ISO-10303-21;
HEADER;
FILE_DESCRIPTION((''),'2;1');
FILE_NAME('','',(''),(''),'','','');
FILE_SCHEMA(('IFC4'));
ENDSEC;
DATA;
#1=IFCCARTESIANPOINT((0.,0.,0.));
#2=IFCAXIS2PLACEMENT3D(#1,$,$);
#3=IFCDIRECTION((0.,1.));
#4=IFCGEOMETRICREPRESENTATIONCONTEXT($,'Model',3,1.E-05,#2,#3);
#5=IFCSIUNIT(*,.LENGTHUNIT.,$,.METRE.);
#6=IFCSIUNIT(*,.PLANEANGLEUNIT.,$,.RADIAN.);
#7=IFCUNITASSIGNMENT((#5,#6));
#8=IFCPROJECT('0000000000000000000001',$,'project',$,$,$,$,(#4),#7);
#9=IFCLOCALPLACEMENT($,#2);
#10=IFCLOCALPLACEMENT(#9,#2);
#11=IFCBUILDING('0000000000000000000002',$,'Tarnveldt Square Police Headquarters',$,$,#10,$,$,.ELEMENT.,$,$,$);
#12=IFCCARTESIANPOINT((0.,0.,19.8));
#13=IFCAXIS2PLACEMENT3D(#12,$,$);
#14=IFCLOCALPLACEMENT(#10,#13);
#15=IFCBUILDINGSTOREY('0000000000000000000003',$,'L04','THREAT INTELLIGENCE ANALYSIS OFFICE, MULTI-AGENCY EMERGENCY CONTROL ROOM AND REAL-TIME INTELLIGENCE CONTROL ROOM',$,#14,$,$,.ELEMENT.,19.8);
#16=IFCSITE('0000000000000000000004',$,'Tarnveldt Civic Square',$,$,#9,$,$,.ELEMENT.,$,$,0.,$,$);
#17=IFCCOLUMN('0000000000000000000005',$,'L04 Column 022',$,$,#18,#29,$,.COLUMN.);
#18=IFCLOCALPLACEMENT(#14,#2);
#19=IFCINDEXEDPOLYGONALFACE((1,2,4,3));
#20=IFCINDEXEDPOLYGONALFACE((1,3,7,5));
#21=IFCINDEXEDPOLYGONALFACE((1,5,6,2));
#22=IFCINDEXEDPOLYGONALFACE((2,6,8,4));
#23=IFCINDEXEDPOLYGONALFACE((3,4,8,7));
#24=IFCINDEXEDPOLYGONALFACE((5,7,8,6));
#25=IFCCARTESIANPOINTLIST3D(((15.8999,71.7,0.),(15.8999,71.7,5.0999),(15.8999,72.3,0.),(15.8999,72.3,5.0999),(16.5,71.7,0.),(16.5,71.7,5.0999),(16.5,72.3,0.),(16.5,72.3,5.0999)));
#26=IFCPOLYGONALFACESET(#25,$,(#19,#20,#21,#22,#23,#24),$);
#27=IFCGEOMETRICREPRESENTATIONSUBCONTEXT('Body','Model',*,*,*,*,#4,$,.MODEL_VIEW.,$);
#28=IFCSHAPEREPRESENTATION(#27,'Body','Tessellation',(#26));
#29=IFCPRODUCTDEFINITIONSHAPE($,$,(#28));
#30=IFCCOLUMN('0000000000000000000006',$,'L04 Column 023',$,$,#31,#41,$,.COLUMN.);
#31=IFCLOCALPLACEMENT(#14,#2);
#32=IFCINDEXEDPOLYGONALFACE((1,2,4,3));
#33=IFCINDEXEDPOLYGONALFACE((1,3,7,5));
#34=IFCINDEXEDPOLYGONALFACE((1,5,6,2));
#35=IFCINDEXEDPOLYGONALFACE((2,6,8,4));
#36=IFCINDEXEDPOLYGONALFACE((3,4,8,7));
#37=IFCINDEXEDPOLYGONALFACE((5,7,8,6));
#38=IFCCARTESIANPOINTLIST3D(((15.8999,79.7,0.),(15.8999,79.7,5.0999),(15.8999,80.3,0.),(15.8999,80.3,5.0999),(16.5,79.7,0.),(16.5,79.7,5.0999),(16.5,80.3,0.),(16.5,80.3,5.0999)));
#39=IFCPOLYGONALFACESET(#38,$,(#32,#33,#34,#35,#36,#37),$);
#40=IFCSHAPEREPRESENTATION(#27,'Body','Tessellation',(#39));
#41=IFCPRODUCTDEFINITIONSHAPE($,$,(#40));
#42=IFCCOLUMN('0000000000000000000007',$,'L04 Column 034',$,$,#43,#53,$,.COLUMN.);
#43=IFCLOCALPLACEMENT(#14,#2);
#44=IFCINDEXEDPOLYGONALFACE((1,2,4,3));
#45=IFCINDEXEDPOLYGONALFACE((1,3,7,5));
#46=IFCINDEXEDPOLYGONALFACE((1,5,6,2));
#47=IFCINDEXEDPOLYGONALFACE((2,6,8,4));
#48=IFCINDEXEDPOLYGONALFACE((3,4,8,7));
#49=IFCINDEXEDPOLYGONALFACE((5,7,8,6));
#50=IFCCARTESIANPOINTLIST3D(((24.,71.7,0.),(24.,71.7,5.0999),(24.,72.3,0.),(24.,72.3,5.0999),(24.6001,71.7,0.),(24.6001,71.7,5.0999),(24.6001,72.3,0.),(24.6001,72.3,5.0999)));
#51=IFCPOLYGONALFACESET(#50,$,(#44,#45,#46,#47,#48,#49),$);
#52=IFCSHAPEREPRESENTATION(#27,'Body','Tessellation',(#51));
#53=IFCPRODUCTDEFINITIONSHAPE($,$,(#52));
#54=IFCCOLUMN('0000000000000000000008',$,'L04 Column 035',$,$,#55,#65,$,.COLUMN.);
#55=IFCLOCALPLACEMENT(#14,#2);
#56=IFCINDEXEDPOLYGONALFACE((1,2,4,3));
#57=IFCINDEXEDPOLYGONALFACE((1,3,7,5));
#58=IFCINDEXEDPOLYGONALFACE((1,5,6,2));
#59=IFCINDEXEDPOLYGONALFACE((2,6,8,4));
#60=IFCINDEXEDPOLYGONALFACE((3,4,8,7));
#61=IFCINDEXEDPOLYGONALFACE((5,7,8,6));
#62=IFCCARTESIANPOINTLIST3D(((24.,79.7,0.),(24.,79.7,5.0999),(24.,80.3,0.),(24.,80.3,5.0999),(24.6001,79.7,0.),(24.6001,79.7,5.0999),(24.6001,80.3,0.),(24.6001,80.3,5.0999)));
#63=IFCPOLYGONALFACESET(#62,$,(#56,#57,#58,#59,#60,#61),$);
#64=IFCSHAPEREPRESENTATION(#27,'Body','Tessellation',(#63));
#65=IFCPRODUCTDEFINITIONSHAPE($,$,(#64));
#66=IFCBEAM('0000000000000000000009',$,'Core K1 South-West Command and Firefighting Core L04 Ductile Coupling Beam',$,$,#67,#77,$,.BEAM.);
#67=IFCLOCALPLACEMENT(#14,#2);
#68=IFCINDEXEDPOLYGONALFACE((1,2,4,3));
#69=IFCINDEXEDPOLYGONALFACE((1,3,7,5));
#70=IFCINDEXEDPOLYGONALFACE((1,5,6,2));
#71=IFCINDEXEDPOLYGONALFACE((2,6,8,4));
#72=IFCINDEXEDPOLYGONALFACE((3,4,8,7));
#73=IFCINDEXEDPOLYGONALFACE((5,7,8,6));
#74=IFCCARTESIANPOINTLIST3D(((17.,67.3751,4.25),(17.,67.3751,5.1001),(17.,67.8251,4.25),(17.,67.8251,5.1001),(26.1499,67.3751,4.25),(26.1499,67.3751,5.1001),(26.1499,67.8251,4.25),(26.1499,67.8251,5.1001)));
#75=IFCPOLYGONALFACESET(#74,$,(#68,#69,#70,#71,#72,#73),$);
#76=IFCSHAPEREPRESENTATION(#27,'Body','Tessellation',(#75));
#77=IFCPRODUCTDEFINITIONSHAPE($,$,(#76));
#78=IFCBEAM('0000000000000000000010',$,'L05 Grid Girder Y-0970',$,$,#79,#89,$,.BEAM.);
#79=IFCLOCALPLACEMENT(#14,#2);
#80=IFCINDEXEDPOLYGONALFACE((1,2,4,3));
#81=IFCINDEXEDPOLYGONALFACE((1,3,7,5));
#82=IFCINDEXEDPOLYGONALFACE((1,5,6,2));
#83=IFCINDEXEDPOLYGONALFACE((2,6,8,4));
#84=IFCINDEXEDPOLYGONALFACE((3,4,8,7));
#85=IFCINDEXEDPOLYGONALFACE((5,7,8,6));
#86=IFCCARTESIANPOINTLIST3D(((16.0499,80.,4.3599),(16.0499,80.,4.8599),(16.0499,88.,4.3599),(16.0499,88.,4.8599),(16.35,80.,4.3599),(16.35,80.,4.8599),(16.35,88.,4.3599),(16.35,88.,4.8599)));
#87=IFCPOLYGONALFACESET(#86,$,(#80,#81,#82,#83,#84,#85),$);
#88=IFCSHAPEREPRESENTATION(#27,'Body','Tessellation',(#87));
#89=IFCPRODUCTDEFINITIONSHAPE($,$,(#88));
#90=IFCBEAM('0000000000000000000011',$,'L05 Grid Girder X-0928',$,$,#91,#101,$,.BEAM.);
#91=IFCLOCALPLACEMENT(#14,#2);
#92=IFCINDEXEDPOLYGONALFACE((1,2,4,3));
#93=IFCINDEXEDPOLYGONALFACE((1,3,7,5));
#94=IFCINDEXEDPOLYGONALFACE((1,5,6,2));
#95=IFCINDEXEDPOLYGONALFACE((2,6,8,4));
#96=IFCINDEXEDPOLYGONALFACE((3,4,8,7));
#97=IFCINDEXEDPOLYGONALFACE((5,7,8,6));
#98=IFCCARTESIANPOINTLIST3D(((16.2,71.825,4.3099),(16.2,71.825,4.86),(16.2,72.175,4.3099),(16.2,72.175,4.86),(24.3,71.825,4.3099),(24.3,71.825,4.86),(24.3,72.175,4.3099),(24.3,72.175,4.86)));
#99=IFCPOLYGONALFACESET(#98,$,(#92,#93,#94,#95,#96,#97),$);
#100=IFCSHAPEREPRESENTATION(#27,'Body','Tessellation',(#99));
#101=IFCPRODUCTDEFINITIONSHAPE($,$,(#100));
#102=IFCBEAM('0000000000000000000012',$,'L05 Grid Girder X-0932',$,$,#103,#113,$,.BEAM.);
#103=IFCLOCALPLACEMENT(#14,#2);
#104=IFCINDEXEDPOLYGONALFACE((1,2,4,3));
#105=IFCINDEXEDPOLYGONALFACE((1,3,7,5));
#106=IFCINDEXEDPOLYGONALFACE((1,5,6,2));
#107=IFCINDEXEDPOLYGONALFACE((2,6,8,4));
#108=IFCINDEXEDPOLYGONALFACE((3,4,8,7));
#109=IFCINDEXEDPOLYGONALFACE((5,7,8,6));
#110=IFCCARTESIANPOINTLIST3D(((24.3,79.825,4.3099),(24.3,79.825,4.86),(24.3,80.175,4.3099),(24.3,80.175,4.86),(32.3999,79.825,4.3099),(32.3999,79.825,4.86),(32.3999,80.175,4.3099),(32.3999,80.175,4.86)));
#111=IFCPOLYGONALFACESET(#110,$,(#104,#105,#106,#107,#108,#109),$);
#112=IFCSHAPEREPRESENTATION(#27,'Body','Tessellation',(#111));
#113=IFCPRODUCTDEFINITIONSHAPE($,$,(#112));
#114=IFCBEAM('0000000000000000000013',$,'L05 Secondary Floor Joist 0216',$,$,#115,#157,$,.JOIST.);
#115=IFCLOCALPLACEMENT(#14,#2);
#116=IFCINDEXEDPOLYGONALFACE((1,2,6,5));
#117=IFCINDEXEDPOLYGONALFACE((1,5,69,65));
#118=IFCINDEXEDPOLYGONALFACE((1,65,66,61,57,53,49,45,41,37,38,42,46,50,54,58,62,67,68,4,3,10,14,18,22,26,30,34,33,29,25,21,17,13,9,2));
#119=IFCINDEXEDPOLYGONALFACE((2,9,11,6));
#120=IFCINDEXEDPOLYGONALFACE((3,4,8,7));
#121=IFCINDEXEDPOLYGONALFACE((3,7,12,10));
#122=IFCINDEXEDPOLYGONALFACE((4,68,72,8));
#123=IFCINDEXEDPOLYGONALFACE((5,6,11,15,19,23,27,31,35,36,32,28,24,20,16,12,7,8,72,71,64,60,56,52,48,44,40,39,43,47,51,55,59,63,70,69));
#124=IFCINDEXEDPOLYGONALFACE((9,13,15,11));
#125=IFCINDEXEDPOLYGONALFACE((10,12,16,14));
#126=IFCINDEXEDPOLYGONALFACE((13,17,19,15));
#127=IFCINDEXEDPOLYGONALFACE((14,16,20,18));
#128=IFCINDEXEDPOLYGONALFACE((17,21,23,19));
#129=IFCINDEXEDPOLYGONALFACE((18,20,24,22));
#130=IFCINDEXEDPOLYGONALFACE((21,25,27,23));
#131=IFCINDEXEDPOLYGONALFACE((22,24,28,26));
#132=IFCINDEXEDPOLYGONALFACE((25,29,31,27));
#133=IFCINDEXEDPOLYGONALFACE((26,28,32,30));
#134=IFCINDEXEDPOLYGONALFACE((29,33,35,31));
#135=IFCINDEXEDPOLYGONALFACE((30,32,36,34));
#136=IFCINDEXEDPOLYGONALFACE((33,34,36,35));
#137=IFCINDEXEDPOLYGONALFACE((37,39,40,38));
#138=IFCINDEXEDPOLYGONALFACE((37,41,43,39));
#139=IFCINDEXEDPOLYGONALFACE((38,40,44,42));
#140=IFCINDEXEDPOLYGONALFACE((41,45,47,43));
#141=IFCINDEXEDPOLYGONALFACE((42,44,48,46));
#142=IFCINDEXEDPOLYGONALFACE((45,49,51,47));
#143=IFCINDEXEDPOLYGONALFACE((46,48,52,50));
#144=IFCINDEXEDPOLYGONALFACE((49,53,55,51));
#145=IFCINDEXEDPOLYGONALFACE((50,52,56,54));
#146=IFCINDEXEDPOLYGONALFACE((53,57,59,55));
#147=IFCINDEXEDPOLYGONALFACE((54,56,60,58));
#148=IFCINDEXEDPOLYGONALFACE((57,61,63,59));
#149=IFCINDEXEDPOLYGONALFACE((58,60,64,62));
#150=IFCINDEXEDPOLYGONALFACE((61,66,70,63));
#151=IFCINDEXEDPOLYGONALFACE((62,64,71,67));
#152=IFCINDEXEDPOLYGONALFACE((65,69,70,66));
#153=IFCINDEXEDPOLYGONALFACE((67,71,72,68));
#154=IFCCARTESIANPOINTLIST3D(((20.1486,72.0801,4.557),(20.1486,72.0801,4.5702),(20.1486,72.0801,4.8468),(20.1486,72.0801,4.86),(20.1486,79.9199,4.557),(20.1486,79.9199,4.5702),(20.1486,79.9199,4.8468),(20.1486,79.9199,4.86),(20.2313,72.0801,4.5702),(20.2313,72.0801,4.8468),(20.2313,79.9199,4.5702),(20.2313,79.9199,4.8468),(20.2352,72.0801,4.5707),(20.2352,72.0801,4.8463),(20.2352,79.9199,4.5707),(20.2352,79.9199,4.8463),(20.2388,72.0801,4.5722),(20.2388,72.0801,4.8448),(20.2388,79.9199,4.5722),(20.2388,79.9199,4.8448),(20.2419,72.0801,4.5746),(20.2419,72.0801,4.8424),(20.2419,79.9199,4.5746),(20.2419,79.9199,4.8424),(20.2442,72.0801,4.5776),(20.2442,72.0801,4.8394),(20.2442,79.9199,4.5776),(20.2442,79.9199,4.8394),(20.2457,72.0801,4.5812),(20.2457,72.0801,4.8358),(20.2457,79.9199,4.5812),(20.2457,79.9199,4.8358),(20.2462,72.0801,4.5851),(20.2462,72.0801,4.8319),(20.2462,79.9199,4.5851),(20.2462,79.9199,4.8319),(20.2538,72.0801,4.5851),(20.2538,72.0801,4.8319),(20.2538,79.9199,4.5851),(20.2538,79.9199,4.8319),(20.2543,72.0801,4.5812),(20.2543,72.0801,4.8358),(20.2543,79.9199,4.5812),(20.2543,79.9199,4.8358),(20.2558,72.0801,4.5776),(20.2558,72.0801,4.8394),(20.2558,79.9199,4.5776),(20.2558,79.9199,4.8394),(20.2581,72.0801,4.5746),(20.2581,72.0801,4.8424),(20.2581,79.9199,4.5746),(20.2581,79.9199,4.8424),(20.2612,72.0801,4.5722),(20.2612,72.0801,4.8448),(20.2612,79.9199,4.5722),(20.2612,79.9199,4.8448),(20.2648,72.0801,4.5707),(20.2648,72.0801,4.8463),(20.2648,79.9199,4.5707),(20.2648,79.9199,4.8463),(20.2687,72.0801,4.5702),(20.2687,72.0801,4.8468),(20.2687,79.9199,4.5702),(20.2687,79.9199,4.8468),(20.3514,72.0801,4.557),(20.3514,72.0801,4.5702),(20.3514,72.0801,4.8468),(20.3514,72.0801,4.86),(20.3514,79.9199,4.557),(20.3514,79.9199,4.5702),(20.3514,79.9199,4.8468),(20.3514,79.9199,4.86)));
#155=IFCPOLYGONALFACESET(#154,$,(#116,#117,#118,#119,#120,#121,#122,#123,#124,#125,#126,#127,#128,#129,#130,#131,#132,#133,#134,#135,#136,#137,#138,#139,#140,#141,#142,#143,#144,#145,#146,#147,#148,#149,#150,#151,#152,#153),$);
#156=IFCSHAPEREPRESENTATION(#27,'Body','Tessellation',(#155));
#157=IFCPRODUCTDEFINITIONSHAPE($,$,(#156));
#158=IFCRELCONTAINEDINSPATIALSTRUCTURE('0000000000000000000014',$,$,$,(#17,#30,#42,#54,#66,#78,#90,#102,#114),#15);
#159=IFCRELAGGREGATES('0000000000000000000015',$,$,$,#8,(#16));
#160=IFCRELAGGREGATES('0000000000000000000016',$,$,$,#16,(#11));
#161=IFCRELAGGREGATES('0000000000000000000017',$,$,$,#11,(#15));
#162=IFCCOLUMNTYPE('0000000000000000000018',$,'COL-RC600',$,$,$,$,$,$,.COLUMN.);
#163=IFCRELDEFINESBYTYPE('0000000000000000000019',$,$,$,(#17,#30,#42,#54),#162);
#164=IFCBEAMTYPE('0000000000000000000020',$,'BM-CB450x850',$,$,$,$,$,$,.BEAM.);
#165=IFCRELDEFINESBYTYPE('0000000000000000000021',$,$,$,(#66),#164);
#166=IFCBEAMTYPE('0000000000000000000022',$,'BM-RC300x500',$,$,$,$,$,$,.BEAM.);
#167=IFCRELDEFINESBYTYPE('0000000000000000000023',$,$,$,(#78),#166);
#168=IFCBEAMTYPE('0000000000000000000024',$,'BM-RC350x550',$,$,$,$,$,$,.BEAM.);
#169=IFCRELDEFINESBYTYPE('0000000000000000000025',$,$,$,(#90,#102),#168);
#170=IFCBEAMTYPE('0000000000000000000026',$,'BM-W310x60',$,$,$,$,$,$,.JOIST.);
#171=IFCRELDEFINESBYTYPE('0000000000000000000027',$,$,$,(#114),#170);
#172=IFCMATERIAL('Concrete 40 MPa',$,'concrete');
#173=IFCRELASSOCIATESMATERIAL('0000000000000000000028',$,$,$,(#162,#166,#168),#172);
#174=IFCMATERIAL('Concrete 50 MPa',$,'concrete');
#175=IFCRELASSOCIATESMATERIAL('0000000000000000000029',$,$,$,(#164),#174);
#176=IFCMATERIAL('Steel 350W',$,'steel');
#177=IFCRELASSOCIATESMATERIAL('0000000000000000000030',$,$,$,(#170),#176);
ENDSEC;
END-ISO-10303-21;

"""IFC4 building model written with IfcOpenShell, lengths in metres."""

from ifc_helpers import new_model, si_unit, direction, frame, origin, origin_2d, place, context, subcontext, project, spatial, rectangle, i_section, extrude, material, material_profile, profile_set, type_object, element, save


model = new_model("IFC4")

# Units and contexts
model_context = context("Model", 3, precision=1e-05, world=origin(), true_north=direction((0.0, 1.0)))
body_context = subcontext(model_context, "Body", "Model", "MODEL_VIEW")
ifc_project = project(units=[si_unit("LENGTHUNIT", "METRE"), si_unit("PLANEANGLEUNIT", "RADIAN")], contexts=[model_context])

# Site, building, storey
site_placement = place(None, origin())
site = spatial("IfcSite", under=ifc_project, at=site_placement, Name="Tarnveldt Civic Square", CompositionType="ELEMENT", RefElevation=0.0)
building_placement = place(site_placement, origin())
building = spatial("IfcBuilding", under=site, at=building_placement, Name="Tarnveldt Square Police Headquarters", CompositionType="ELEMENT")
storey_placement = place(building_placement, frame((0.0, 0.0, 19.8)))
storey = spatial("IfcBuildingStorey", under=building, at=storey_placement, Name="L04", Description="THREAT INTELLIGENCE ANALYSIS OFFICE, MULTI-AGENCY EMERGENCY CONTROL ROOM AND REAL-TIME INTELLIGENCE CONTROL ROOM", CompositionType="ELEMENT", Elevation=19.8)

# Columns
ifc_material_1 = material(Name="Concrete 40 MPa", Category="concrete")
ifc_material_profile_1 = material_profile(ifc_material_1, rectangle(XDim=0.6001, YDim=0.6001, at=origin_2d()), Name="RC-C600x600")
ifc_profile_set_1 = profile_set([ifc_material_profile_1], Name="Concrete 40 MPa")
column_type = type_object("IfcColumnType", Name="COL-RC600", PredefinedType="COLUMN", material=ifc_profile_set_1)
for number, where, z_axis, x_axis, name in (
    (1, (16.2, 72.0, 0.0), (0.0, 0.0, 1.0), (1.0, 0.0, 0.0), "L04 Column 022"),
    (2, (16.2, 80.0, 0.0), (0.0, 0.0, 1.0), (1.0, 0.0, 0.0), "L04 Column 023"),
    (3, (24.3, 72.0, 0.0), (0.0, 0.0, 1.0), (1.0, 0.0, 0.0), "L04 Column 034"),
    (4, (24.3, 80.0, 0.0), (0.0, 0.0, 1.0), (1.0, 0.0, 0.0), "L04 Column 035"),
):
    element("IfcColumn", number, at=place(storey_placement, frame(where, z_axis=z_axis, x_axis=x_axis)), inside=storey, type_object=column_type, Name=name, PredefinedType="COLUMN", context=body_context, shape_type="SweptSolid", body=[
        extrude(rectangle(XDim=0.6001, YDim=0.6001, at=origin_2d()), origin(), (0.0, 0.0, 1.0), 5.0999),
    ])

# Beams
ifc_material_2 = material(Name="Concrete 50 MPa", Category="concrete")
ifc_material_profile_2 = material_profile(ifc_material_2, rectangle(XDim=0.45, YDim=0.8501, at=origin_2d()), Name="RC-CB450x850")
ifc_profile_set_2 = profile_set([ifc_material_profile_2], Name="Concrete 50 MPa")
beam_type_1 = type_object("IfcBeamType", Name="BM-CB450x850", PredefinedType="BEAM", material=ifc_profile_set_2)
beam_1_placement = place(storey_placement, frame((17.0, 67.6001, 4.675), z_axis=(1.0, 0.0, 0.0), x_axis=(0.0, 1.0, 0.0)))
element("IfcBeam", 5, at=beam_1_placement, inside=storey, type_object=beam_type_1, Name="Core K1 South-West Command and Firefighting Core L04 Ductile Coupling Beam", PredefinedType="BEAM", context=body_context, shape_type="SweptSolid", body=[
    extrude(rectangle(XDim=0.45, YDim=0.8501, at=origin_2d()), origin(), (0.0, 0.0, 1.0), 9.1499),
])
ifc_material_profile_3 = material_profile(ifc_material_1, rectangle(XDim=0.3, YDim=0.5, at=origin_2d()), Name="RC-B300x500")
ifc_profile_set_3 = profile_set([ifc_material_profile_3], Name="Concrete 40 MPa")
beam_type_2 = type_object("IfcBeamType", Name="BM-RC300x500", PredefinedType="BEAM", material=ifc_profile_set_3)
beam_2_placement = place(storey_placement, frame((16.2, 80.0, 4.6099), z_axis=(0.0, 1.0, 0.0), x_axis=(-1.0, 0.0, 0.0)))
element("IfcBeam", 6, at=beam_2_placement, inside=storey, type_object=beam_type_2, Name="L05 Grid Girder Y-0970", PredefinedType="BEAM", context=body_context, shape_type="SweptSolid", body=[
    extrude(rectangle(XDim=0.3, YDim=0.5, at=origin_2d()), origin(), (0.0, 0.0, 1.0), 8.0),
])
ifc_material_profile_4 = material_profile(ifc_material_1, rectangle(XDim=0.3501, YDim=0.55, at=origin_2d()), Name="RC-B350x550")
ifc_profile_set_4 = profile_set([ifc_material_profile_4], Name="Concrete 40 MPa")
beam_type_3 = type_object("IfcBeamType", Name="BM-RC350x550", PredefinedType="BEAM", material=ifc_profile_set_4)
beam_3_placement = place(storey_placement, frame((16.2, 72.0, 4.585), z_axis=(1.0, 0.0, 0.0), x_axis=(0.0, 1.0, 0.0)))
element("IfcBeam", 7, at=beam_3_placement, inside=storey, type_object=beam_type_3, Name="L05 Grid Girder X-0928", PredefinedType="BEAM", context=body_context, shape_type="SweptSolid", body=[
    extrude(rectangle(XDim=0.3501, YDim=0.55, at=origin_2d()), origin(), (0.0, 0.0, 1.0), 8.1001),
])
beam_4_placement = place(storey_placement, frame((24.3, 80.0, 4.585), z_axis=(1.0, 0.0, 0.0), x_axis=(0.0, 1.0, 0.0)))
element("IfcBeam", 8, at=beam_4_placement, inside=storey, type_object=beam_type_3, Name="L05 Grid Girder X-0932", PredefinedType="BEAM", context=body_context, shape_type="SweptSolid", body=[
    extrude(rectangle(XDim=0.3501, YDim=0.55, at=origin_2d()), origin(), (0.0, 0.0, 1.0), 8.0999),
])
ifc_material_3 = material(Name="Steel 350W", Category="steel")
ifc_material_profile_5 = material_profile(ifc_material_3, i_section(OverallWidth=0.2029, OverallDepth=0.303, WebThickness=0.0076, FlangeThickness=0.0132, FilletRadius=0.0149, at=origin_2d()), Name="W310x60")
ifc_profile_set_5 = profile_set([ifc_material_profile_5], Name="Steel 350W")
beam_type_4 = type_object("IfcBeamType", Name="BM-W310x60", PredefinedType="JOIST", material=ifc_profile_set_5)
beam_5_placement = place(storey_placement, frame((20.25, 72.0801, 4.7085), z_axis=(0.0, 1.0, 0.0), x_axis=(-1.0, 0.0, 0.0)))
element("IfcBeam", 9, at=beam_5_placement, inside=storey, type_object=beam_type_4, Name="L05 Secondary Floor Joist 0216", PredefinedType="JOIST", context=body_context, shape_type="SweptSolid", body=[
    extrude(i_section(OverallWidth=0.2029, OverallDepth=0.303, WebThickness=0.0076, FlangeThickness=0.0132, FilletRadius=0.0149, at=origin_2d()), origin(), (0.0, 0.0, 1.0), 7.8398),
])

save(model, "model.ifc")
